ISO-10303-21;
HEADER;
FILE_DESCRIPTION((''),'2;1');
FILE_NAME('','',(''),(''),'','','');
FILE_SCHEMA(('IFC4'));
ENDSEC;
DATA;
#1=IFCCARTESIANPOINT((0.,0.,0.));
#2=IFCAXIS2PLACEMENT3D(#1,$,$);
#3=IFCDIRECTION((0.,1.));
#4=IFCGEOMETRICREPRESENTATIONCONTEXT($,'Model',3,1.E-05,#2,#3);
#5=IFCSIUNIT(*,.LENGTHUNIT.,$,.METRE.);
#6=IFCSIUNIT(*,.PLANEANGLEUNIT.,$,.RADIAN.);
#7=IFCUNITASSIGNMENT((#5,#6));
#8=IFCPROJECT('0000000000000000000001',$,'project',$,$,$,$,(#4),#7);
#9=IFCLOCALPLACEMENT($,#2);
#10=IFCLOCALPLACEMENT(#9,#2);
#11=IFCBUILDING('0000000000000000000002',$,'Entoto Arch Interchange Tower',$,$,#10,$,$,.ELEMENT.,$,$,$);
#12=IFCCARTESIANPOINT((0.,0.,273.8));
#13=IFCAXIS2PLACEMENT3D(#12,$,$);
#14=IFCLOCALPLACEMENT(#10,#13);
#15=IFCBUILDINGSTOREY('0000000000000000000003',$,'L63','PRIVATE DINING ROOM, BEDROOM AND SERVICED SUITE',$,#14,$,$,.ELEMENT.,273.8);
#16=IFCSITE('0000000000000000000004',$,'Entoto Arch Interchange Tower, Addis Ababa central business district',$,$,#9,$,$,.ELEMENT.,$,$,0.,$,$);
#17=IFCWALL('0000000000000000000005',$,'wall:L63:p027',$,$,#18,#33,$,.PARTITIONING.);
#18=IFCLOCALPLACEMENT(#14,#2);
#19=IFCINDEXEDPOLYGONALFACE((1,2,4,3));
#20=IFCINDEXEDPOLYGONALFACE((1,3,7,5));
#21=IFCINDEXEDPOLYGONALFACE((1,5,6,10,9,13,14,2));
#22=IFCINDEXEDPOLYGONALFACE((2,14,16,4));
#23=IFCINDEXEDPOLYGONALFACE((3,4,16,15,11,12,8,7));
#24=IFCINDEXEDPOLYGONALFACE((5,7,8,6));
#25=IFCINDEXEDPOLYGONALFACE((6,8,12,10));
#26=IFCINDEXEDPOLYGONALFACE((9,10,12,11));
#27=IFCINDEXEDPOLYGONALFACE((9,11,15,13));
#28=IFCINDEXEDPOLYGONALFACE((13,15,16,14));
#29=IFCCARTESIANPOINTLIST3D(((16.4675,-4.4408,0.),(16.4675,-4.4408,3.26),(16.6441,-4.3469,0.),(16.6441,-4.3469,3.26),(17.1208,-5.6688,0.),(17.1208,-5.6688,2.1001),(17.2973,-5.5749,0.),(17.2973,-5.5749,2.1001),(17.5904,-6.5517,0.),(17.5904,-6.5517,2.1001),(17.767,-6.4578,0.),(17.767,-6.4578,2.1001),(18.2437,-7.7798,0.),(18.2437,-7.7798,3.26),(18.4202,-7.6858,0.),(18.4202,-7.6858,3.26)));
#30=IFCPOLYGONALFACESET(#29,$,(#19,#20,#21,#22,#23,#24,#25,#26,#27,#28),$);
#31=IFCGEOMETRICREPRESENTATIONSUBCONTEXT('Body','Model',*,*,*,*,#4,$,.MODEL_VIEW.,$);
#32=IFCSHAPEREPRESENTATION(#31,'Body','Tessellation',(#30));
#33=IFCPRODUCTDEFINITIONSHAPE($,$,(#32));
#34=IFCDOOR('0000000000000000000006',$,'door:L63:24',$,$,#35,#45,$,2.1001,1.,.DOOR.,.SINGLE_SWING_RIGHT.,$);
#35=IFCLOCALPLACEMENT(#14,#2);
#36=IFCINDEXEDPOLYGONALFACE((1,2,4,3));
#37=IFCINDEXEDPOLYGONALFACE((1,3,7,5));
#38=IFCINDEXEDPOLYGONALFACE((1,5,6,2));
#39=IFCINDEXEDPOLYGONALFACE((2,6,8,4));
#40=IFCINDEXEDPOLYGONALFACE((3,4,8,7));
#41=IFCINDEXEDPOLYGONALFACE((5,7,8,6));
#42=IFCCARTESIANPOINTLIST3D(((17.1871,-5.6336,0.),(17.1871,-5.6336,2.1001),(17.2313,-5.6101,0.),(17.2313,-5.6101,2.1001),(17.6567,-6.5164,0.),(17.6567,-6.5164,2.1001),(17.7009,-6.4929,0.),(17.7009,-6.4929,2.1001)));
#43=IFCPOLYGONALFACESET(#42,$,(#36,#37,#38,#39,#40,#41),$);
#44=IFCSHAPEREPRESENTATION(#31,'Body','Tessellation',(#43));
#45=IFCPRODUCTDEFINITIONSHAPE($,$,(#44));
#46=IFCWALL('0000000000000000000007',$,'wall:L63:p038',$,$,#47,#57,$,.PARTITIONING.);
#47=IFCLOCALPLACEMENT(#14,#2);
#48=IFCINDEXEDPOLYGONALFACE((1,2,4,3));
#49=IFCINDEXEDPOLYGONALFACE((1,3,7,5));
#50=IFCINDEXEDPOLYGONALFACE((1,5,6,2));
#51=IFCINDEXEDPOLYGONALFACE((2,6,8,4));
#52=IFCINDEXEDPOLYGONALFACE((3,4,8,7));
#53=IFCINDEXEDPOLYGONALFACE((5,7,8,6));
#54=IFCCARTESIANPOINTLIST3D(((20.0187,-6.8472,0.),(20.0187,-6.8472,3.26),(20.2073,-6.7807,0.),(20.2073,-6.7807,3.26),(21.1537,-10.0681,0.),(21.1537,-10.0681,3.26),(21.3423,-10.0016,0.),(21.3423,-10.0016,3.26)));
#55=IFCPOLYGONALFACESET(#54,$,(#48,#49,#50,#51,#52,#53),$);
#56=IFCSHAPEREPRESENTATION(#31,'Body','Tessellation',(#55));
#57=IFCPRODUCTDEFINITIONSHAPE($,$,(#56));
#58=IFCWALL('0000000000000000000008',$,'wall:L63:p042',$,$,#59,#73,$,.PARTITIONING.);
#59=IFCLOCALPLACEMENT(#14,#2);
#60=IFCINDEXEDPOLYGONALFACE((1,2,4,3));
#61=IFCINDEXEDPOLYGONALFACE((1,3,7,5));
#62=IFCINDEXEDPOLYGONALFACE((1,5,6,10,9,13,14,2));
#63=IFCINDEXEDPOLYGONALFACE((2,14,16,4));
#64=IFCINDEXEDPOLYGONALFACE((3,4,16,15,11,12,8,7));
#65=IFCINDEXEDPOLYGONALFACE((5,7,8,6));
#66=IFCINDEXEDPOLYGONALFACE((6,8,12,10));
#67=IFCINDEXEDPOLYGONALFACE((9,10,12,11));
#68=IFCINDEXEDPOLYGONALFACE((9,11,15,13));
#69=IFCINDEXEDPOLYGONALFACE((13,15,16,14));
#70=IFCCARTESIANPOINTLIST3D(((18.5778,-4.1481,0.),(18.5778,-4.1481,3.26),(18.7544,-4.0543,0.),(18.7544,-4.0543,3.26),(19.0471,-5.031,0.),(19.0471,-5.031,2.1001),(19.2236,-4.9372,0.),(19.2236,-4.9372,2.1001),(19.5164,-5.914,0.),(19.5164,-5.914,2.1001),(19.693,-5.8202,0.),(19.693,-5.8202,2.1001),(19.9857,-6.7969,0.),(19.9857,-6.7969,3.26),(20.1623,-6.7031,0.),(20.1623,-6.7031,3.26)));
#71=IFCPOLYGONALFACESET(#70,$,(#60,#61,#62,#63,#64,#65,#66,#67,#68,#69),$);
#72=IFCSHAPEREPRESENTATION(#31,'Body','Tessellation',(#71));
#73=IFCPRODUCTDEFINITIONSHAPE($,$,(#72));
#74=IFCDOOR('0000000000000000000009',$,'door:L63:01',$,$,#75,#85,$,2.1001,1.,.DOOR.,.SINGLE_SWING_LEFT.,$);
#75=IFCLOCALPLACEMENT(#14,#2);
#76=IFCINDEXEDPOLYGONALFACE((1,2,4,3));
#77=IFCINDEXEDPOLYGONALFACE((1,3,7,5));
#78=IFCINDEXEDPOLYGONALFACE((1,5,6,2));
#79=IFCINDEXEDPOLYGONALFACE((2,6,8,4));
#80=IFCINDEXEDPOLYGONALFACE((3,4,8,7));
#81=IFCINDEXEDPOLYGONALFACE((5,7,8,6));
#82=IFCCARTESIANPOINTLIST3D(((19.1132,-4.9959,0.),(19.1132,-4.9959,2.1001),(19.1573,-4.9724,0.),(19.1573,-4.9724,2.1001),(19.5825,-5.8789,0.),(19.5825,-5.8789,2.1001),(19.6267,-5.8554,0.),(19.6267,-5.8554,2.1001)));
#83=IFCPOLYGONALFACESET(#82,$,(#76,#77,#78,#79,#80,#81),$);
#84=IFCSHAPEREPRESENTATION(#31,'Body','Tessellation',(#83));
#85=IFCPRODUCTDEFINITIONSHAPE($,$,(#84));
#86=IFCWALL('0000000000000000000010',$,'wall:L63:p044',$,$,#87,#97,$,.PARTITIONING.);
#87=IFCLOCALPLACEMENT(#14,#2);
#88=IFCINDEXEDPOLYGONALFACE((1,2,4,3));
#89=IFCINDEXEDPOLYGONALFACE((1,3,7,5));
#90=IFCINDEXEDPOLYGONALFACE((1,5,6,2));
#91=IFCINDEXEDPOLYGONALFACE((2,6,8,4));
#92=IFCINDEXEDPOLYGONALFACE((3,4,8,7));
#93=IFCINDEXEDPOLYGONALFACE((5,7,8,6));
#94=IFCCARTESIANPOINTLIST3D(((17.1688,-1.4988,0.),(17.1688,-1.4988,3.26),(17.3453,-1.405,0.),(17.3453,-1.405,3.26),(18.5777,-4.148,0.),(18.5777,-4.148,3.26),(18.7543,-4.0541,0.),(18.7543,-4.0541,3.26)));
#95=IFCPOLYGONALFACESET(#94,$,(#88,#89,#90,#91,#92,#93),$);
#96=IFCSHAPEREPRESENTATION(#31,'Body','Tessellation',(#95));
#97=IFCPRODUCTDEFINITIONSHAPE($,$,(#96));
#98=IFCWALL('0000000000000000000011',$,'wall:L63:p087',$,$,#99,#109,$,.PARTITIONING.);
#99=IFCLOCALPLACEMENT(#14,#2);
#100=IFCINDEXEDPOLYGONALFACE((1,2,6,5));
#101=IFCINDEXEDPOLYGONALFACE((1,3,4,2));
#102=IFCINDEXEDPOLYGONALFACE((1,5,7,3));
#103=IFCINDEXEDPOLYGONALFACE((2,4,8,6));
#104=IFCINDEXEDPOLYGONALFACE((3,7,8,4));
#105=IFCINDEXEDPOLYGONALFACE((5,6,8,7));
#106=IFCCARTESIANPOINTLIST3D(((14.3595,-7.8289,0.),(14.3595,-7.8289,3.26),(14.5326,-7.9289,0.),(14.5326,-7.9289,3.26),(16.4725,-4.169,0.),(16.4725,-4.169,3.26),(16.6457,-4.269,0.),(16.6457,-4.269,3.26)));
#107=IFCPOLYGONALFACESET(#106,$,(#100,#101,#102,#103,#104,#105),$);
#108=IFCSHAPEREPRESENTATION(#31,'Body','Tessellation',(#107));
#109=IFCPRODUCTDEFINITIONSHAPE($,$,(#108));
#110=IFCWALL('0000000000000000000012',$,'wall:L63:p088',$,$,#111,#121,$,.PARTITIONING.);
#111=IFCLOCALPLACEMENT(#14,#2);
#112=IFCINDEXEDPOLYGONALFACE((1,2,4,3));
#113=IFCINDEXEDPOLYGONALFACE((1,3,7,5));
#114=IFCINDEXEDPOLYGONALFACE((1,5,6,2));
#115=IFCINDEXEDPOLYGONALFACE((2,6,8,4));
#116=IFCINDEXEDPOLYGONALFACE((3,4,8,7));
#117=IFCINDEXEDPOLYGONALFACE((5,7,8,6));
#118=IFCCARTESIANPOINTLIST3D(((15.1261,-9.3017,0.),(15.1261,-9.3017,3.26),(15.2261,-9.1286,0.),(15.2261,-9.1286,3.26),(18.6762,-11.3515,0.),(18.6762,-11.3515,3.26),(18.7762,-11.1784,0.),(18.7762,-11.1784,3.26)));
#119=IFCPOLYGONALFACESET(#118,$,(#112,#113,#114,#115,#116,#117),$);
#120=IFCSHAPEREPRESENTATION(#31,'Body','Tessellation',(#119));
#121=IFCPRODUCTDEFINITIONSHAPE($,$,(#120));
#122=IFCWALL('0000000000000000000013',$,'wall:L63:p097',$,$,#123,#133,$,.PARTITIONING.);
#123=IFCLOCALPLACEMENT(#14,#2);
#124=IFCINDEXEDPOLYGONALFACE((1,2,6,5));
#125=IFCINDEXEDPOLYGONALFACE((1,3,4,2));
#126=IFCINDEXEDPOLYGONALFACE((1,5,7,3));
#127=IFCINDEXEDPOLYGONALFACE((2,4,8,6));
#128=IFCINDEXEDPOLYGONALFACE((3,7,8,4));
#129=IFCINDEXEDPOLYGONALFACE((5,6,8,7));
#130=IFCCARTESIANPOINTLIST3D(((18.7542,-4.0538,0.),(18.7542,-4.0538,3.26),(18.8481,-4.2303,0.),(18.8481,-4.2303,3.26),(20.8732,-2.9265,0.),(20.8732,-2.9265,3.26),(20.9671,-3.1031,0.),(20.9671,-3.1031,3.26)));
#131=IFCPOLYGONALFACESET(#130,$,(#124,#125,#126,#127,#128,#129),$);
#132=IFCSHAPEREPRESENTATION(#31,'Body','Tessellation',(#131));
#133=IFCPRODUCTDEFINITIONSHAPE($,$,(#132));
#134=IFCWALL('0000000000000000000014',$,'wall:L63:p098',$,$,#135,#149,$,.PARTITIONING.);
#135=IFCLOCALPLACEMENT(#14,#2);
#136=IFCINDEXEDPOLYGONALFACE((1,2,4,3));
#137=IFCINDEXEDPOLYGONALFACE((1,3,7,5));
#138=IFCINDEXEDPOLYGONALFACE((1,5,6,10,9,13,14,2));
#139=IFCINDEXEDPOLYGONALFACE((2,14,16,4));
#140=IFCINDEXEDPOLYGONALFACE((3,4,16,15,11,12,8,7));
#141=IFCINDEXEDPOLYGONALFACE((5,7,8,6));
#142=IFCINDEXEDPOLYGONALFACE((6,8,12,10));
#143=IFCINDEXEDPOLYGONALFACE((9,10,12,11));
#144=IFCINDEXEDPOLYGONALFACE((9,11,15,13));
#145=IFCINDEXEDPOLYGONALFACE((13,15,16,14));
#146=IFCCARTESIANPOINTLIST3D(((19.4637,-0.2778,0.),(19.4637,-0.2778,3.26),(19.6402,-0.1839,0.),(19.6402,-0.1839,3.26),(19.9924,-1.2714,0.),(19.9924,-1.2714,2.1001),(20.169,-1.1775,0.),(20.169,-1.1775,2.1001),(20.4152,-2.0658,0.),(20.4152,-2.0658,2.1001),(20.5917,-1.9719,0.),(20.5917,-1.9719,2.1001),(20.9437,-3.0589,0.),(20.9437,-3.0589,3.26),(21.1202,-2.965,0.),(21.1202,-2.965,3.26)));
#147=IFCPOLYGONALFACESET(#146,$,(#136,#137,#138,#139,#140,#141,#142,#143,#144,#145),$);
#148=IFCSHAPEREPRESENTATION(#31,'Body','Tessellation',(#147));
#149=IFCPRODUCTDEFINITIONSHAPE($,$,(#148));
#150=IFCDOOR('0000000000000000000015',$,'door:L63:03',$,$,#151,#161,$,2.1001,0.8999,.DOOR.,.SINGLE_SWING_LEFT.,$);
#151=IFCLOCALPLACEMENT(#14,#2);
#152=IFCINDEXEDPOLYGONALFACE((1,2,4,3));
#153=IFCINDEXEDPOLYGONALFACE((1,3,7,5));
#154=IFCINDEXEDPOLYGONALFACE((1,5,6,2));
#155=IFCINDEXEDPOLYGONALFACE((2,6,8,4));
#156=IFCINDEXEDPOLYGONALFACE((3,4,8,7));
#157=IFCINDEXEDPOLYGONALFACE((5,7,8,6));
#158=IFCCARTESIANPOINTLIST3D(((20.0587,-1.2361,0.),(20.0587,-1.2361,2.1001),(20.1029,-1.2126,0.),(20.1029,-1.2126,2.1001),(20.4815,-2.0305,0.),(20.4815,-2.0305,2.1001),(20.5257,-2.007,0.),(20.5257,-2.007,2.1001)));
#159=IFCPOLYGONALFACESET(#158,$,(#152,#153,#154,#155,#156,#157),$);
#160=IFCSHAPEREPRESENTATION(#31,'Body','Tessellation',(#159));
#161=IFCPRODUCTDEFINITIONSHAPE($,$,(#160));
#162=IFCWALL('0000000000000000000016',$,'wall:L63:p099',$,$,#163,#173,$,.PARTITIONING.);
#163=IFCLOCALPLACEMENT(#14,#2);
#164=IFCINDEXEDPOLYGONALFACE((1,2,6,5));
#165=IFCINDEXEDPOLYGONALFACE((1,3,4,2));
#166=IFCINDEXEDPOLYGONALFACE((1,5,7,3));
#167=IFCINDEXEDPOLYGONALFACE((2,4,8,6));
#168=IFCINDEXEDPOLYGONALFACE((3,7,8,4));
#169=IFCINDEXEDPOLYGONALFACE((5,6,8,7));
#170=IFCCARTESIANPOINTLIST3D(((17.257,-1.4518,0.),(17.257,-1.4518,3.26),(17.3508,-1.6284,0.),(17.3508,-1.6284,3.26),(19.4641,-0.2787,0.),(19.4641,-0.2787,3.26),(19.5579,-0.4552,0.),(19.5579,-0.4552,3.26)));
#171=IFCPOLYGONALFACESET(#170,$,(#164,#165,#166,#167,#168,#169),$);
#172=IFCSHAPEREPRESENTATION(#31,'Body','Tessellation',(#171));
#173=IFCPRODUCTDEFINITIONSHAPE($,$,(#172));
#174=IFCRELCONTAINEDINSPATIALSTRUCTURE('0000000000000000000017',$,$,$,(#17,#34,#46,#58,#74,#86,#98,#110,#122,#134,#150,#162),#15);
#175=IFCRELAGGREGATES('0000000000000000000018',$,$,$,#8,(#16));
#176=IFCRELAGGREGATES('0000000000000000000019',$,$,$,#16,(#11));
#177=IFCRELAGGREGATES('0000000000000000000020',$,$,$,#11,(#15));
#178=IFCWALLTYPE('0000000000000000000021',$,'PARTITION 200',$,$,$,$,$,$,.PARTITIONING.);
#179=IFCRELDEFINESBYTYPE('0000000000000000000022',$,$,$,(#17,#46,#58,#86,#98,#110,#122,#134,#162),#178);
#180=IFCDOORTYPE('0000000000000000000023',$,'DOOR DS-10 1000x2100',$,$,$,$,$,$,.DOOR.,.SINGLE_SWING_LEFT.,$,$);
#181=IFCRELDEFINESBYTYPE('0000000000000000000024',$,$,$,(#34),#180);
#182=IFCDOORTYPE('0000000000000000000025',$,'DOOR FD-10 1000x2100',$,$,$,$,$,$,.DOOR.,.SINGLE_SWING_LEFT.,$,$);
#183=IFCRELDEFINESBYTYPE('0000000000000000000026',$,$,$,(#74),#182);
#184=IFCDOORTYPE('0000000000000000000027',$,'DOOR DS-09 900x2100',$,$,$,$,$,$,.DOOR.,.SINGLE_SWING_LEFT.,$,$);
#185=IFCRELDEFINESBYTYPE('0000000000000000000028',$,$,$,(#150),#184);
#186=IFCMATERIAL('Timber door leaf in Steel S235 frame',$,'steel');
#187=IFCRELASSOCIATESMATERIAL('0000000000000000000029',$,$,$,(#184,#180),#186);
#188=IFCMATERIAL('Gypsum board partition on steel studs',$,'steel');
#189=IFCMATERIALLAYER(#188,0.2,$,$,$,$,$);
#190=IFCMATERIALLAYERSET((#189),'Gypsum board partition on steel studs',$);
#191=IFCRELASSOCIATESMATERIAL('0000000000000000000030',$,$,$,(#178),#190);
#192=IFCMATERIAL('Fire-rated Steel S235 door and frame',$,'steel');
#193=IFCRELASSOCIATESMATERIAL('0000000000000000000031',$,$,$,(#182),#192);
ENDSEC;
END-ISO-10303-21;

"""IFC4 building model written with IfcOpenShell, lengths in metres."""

from ifc_helpers import new_model, si_unit, direction, frame, frame_2d, origin, place, context, subcontext, project, spatial, rectangle, extrude, material, layer, layer_set, type_object, element, fill, save


model = new_model("IFC4")

# Units and contexts
model_context = context("Model", 3, precision=1e-05, world=origin(), true_north=direction((0.0, 1.0)))
body_context = subcontext(model_context, "Body", "Model", "MODEL_VIEW")
ifc_project = project(units=[si_unit("LENGTHUNIT", "METRE"), si_unit("PLANEANGLEUNIT", "RADIAN")], contexts=[model_context])

# Site, building, storey
site_placement = place(None, origin())
site = spatial("IfcSite", under=ifc_project, at=site_placement, Name="Entoto Arch Interchange Tower, Addis Ababa central business district", CompositionType="ELEMENT", RefElevation=0.0)
building_placement = place(site_placement, origin())
building = spatial("IfcBuilding", under=site, at=building_placement, Name="Entoto Arch Interchange Tower", CompositionType="ELEMENT")
storey_placement = place(building_placement, frame((0.0, 0.0, 273.8)))
storey = spatial("IfcBuildingStorey", under=building, at=storey_placement, Name="L63", Description="PRIVATE DINING ROOM, BEDROOM AND SERVICED SUITE", CompositionType="ELEMENT", Elevation=273.8)

# Shared definitions
ifc_material_1 = material(Name="Gypsum board partition on steel studs", Category="steel")
ifc_material_2 = material(Name="Timber door leaf in Steel S235 frame", Category="steel")
door_type_1 = type_object("IfcDoorType", Name="DOOR DS-09 900x2100", OperationType="SINGLE_SWING_LEFT", PredefinedType="DOOR", material=ifc_material_2)

# Shared definitions
ifc_layer_1 = layer(ifc_material_1, 0.2)
ifc_layer_set_1 = layer_set([ifc_layer_1], Name="Gypsum board partition on steel studs")
wall_type_1 = type_object("IfcWallType", Name="PARTITION 200", PredefinedType="PARTITIONING", material=ifc_layer_set_1)

# Wall, opening, door
door_type_2 = type_object("IfcDoorType", Name="DOOR DS-10 1000x2100", OperationType="SINGLE_SWING_LEFT", PredefinedType="DOOR", material=ifc_material_2)
wall_1_placement = place(storey_placement, frame((18.332, -7.7329, 0.0), z_axis=(0.0, 0.0, 1.0), x_axis=(-0.46964, 0.882858, 0.0)))
wall_1 = element("IfcWall", 1, at=wall_1_placement, inside=storey, type_object=wall_type_1, Name="wall:L63:p027", PredefinedType="PARTITIONING", context=body_context, shape_type="SweptSolid", body=[
    extrude(rectangle(XDim=3.782, YDim=0.2, at=frame_2d((1.8911, 0.0))), origin(), (0.0, 0.0, 1.0), 3.26),
])
opening_1_placement = place(wall_1_placement, frame((1.3911, 0.0, 0.0)))
opening_1 = element("IfcOpeningElement", 2, at=opening_1_placement, cuts=wall_1, PredefinedType="OPENING", context=body_context, shape_type="SweptSolid", body=[
    extrude(rectangle(XDim=1.0, YDim=2.1001, at=frame_2d((0.5, 1.05))), frame((0.0, 0.1099, 0.0), z_axis=(0.0, -1.0, 0.0), x_axis=(1.0, 0.0, 0.0)), (0.0, 0.0, 1.0), 0.22),
])
door_1_placement = place(opening_1_placement, origin())
door_1 = element("IfcDoor", 3, at=door_1_placement, inside=storey, type_object=door_type_2, Name="door:L63:24", OperationType="SINGLE_SWING_RIGHT", OverallHeight=2.1001, OverallWidth=1.0, PredefinedType="DOOR", context=body_context, shape_type="SweptSolid", body=[
    extrude(rectangle(XDim=1.0, YDim=2.1001, at=frame_2d((0.5, 1.05))), frame((0.0, 0.0249, 0.0), z_axis=(0.0, -1.0, 0.0), x_axis=(1.0, 0.0, 0.0)), (0.0, 0.0, 1.0), 0.05),
])
fill(opening_1, door_1)

# Wall
wall_2_placement = place(storey_placement, frame((20.113, -6.814, 0.0), z_axis=(0.0, 0.0, 1.0), x_axis=(0.332353, -0.943155, 0.0)))
element("IfcWall", 4, at=wall_2_placement, inside=storey, type_object=wall_type_1, Name="wall:L63:p038", PredefinedType="PARTITIONING", context=body_context, shape_type="SweptSolid", body=[
    extrude(rectangle(XDim=3.415, YDim=0.2, at=frame_2d((1.7075, 0.0))), origin(), (0.0, 0.0, 1.0), 3.26),
])

# Wall, opening, door
wall_3_placement = place(storey_placement, frame((18.666, -4.1011, 0.0), z_axis=(0.0, 0.0, 1.0), x_axis=(0.469342, -0.883017, 0.0)))
wall_3 = element("IfcWall", 5, at=wall_3_placement, inside=storey, type_object=wall_type_1, Name="wall:L63:p042", PredefinedType="PARTITIONING", context=body_context, shape_type="SweptSolid", body=[
    extrude(rectangle(XDim=2.9998, YDim=0.2, at=frame_2d((1.5, 0.0))), origin(), (0.0, 0.0, 1.0), 3.26),
])
opening_2_placement = place(wall_3_placement, frame((1.0, 0.0, 0.0)))
opening_2 = element("IfcOpeningElement", 6, at=opening_2_placement, cuts=wall_3, PredefinedType="OPENING", context=body_context, shape_type="SweptSolid", body=[
    extrude(rectangle(XDim=1.0, YDim=2.1001, at=frame_2d((0.5, 1.05))), frame((0.0, 0.1099, 0.0), z_axis=(0.0, -1.0, 0.0), x_axis=(1.0, 0.0, 0.0)), (0.0, 0.0, 1.0), 0.22),
])
ifc_material_3 = material(Name="Fire-rated Steel S235 door and frame", Category="steel")
door_type_3 = type_object("IfcDoorType", Name="DOOR FD-10 1000x2100", OperationType="SINGLE_SWING_LEFT", PredefinedType="DOOR", material=ifc_material_3)
door_2_placement = place(opening_2_placement, origin())
door_2 = element("IfcDoor", 7, at=door_2_placement, inside=storey, type_object=door_type_3, Name="door:L63:01", OperationType="SINGLE_SWING_LEFT", OverallHeight=2.1001, OverallWidth=1.0, PredefinedType="DOOR", context=body_context, shape_type="SweptSolid", body=[
    extrude(rectangle(XDim=1.0, YDim=2.1001, at=frame_2d((0.5, 1.05))), frame((0.0, 0.0249, 0.0), z_axis=(0.0, -1.0, 0.0), x_axis=(1.0, 0.0, 0.0)), (0.0, 0.0, 1.0), 0.05),
])
fill(opening_2, door_2)

# Walls
wall_4_placement = place(storey_placement, frame((17.2571, -1.4519, 0.0), z_axis=(0.0, 0.0, 1.0), x_axis=(0.469562, -0.8829, 0.0)))
element("IfcWall", 8, at=wall_4_placement, inside=storey, type_object=wall_type_1, Name="wall:L63:p044", PredefinedType="PARTITIONING", context=body_context, shape_type="SweptSolid", body=[
    extrude(rectangle(XDim=3.0005, YDim=0.2, at=frame_2d((1.5002, 0.0))), origin(), (0.0, 0.0, 1.0), 3.26),
])
wall_5_placement = place(storey_placement, frame((16.5591, -4.219, 0.0), z_axis=(0.0, 0.0, 1.0), x_axis=(-0.499997, -0.866027, 0.0)))
element("IfcWall", 9, at=wall_5_placement, inside=storey, type_object=wall_type_1, Name="wall:L63:p087", PredefinedType="PARTITIONING", context=body_context, shape_type="SweptSolid", body=[
    extrude(rectangle(XDim=4.2261, YDim=0.2, at=frame_2d((2.113, 0.0))), origin(), (0.0, 0.0, 1.0), 3.26),
])
wall_6_placement = place(storey_placement, frame((15.176, -9.2151, 0.0), z_axis=(0.0, 0.0, 1.0), x_axis=(0.866006, -0.500033, 0.0)))
element("IfcWall", 10, at=wall_6_placement, inside=storey, type_object=wall_type_1, Name="wall:L63:p088", PredefinedType="PARTITIONING", context=body_context, shape_type="SweptSolid", body=[
    extrude(rectangle(XDim=4.0994, YDim=0.2, at=frame_2d((2.0498, 0.0))), origin(), (0.0, 0.0, 1.0), 3.26),
])
wall_7_placement = place(storey_placement, frame((18.801, -4.1421, 0.0), z_axis=(0.0, 0.0, 1.0), x_axis=(0.882851, 0.469653, 0.0)))
element("IfcWall", 11, at=wall_7_placement, inside=storey, type_object=wall_type_1, Name="wall:L63:p097", PredefinedType="PARTITIONING", context=body_context, shape_type="SweptSolid", body=[
    extrude(rectangle(XDim=2.4001, YDim=0.2, at=frame_2d((1.2002, 0.0))), origin(), (0.0, 0.0, 1.0), 3.26),
])

# Wall, opening, door
wall_8_placement = place(storey_placement, frame((21.032, -3.012, 0.0), z_axis=(0.0, 0.0, 1.0), x_axis=(-0.469792, 0.882777, 0.0)))
wall_8 = element("IfcWall", 12, at=wall_8_placement, inside=storey, type_object=wall_type_1, Name="wall:L63:p098", PredefinedType="PARTITIONING", context=body_context, shape_type="SweptSolid", body=[
    extrude(rectangle(XDim=3.1504, YDim=0.2, at=frame_2d((1.5752, 0.0))), origin(), (0.0, 0.0, 1.0), 3.26),
])
opening_3_placement = place(wall_8_placement, frame((1.125, 0.0, 0.0)))
opening_3 = element("IfcOpeningElement", 13, at=opening_3_placement, cuts=wall_8, PredefinedType="OPENING", context=body_context, shape_type="SweptSolid", body=[
    extrude(rectangle(XDim=0.8999, YDim=2.1001, at=frame_2d((0.45, 1.05))), frame((0.0, 0.1099, 0.0), z_axis=(0.0, -1.0, 0.0), x_axis=(1.0, 0.0, 0.0)), (0.0, 0.0, 1.0), 0.22),
])
door_3_placement = place(opening_3_placement, origin())
door_3 = element("IfcDoor", 14, at=door_3_placement, inside=storey, type_object=door_type_1, Name="door:L63:03", OperationType="SINGLE_SWING_LEFT", OverallHeight=2.1001, OverallWidth=0.8999, PredefinedType="DOOR", context=body_context, shape_type="SweptSolid", body=[
    extrude(rectangle(XDim=0.8999, YDim=2.1001, at=frame_2d((0.45, 1.05))), frame((0.0, 0.0249, 0.0), z_axis=(0.0, -1.0, 0.0), x_axis=(1.0, 0.0, 0.0)), (0.0, 0.0, 1.0), 0.05),
])
fill(opening_3, door_3)

# Wall
wall_9_placement = place(storey_placement, frame((19.511, -0.3669, 0.0), z_axis=(0.0, 0.0, 1.0), x_axis=(-0.883015, -0.469346, 0.0)))
element("IfcWall", 15, at=wall_9_placement, inside=storey, type_object=wall_type_1, Name="wall:L63:p099", PredefinedType="PARTITIONING", context=body_context, shape_type="SweptSolid", body=[
    extrude(rectangle(XDim=2.4995, YDim=0.2, at=frame_2d((1.2498, 0.0))), origin(), (0.0, 0.0, 1.0), 3.26),
])

save(model, "model.ifc")
